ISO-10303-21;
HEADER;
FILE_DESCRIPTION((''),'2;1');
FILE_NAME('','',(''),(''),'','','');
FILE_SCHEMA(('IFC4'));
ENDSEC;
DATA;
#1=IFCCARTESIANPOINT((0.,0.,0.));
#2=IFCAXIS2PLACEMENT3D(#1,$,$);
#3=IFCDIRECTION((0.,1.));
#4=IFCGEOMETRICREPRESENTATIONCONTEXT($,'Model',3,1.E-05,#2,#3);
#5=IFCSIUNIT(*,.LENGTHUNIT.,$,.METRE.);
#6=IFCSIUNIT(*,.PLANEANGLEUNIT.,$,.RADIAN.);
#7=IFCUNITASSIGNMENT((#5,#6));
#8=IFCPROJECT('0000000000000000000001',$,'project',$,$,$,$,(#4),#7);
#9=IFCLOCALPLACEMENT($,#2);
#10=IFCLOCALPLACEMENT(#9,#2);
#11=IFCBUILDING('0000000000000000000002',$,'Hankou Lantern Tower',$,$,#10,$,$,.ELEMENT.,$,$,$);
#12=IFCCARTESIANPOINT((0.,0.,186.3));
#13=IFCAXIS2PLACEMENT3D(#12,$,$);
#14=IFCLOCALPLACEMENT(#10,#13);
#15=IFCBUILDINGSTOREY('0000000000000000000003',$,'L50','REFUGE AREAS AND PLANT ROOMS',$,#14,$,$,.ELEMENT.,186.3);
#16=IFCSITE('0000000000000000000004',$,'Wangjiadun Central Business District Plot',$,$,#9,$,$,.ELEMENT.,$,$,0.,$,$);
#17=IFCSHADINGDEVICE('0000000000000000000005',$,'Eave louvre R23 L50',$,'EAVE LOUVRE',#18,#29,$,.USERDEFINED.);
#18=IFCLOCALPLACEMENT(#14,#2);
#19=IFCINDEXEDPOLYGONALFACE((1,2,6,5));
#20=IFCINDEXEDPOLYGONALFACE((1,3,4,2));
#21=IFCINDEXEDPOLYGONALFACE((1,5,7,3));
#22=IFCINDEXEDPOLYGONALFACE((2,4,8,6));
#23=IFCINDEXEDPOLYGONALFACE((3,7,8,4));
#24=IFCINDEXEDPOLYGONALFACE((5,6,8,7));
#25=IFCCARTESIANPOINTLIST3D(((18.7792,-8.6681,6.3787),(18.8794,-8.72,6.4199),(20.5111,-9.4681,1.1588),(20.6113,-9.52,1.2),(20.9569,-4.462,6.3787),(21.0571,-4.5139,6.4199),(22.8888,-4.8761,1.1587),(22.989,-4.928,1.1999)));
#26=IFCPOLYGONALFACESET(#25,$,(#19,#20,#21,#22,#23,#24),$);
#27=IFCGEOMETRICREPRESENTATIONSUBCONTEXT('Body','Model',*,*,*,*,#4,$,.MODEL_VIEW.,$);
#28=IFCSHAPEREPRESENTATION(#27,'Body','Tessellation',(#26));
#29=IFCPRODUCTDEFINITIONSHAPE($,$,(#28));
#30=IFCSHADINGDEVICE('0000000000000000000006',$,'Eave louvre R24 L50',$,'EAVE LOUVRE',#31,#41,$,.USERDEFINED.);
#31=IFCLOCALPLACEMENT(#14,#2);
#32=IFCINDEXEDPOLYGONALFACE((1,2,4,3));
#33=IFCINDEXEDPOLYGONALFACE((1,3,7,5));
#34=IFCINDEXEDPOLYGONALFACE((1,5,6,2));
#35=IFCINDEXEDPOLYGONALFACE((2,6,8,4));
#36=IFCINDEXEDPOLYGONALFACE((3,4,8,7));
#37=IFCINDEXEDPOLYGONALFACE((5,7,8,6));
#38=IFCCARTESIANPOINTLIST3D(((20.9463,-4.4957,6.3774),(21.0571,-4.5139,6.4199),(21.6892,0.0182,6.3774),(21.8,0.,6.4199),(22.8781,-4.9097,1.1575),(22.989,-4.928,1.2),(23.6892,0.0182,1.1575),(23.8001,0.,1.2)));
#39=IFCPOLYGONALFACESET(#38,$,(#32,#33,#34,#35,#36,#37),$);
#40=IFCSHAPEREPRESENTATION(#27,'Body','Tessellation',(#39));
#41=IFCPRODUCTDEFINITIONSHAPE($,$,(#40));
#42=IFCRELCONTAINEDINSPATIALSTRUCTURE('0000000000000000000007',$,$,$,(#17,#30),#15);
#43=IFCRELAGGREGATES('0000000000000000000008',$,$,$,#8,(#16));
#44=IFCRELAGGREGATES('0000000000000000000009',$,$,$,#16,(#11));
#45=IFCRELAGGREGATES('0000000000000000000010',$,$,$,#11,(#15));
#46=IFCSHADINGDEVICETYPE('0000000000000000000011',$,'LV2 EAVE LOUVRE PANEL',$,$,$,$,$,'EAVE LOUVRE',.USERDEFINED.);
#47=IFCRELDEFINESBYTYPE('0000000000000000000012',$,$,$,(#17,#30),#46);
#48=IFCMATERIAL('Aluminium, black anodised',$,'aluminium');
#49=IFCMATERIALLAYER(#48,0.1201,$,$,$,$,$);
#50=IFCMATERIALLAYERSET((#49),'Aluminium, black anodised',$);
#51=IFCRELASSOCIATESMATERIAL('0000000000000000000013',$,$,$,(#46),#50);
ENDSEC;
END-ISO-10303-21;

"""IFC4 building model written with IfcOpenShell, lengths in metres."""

from ifc_helpers import new_model, si_unit, direction, frame, origin, place, context, subcontext, project, spatial, polyline, outline, extrude, material, layer, layer_set, type_object, element, save


model = new_model("IFC4")

# Units and contexts
model_context = context("Model", 3, precision=1e-05, world=origin(), true_north=direction((0.0, 1.0)))
body_context = subcontext(model_context, "Body", "Model", "MODEL_VIEW")
ifc_project = project(units=[si_unit("LENGTHUNIT", "METRE"), si_unit("PLANEANGLEUNIT", "RADIAN")], contexts=[model_context])

# Site, building, storey
site_placement = place(None, origin())
site = spatial("IfcSite", under=ifc_project, at=site_placement, Name="Wangjiadun Central Business District Plot", CompositionType="ELEMENT", RefElevation=0.0)
building_placement = place(site_placement, origin())
building = spatial("IfcBuilding", under=site, at=building_placement, Name="Hankou Lantern Tower", CompositionType="ELEMENT")
storey_placement = place(building_placement, frame((0.0, 0.0, 186.3)))
storey = spatial("IfcBuildingStorey", under=building, at=storey_placement, Name="L50", Description="REFUGE AREAS AND PLANT ROOMS", CompositionType="ELEMENT", Elevation=186.3)

# Shading devices
ifc_material_1 = material(Name="Aluminium, black anodised", Category="aluminium")
ifc_layer_1 = layer(ifc_material_1, 0.1201)
ifc_layer_set_1 = layer_set([ifc_layer_1], Name="Aluminium, black anodised")
shading_device_type = type_object("IfcShadingDeviceType", Name="LV2 EAVE LOUVRE PANEL", ElementType="EAVE LOUVRE", PredefinedType="USERDEFINED", material=ifc_layer_set_1)
shading_device_1_placement = place(storey_placement, frame((20.6113, -9.52, 1.2), z_axis=(0.834162, -0.431907, 0.342972), x_axis=(0.459796, 0.888024, -0.000003)))
element("IfcShadingDevice", 1, at=shading_device_1_placement, inside=storey, type_object=shading_device_type, Name="Eave louvre R23 L50", ObjectType="EAVE LOUVRE", PredefinedType="USERDEFINED", context=body_context, shape_type="SweptSolid", body=[
    extrude(outline(polyline([(0.0, 0.0), (5.1711, 0.0), (4.6505, 5.557), (-0.0859, 5.557), (0.0, 0.0)])), origin(), (0.0, 0.0, -1.0), 0.1201),
])
shading_device_2_placement = place(storey_placement, frame((22.989, -4.928, 1.2), z_axis=(0.922968, -0.151903, 0.353632), x_axis=(0.162396, 0.986726, 0.000001)))
element("IfcShadingDevice", 2, at=shading_device_2_placement, inside=storey, type_object=shading_device_type, Name="Eave louvre R24 L50", ObjectType="EAVE LOUVRE", PredefinedType="USERDEFINED", context=body_context, shape_type="SweptSolid", body=[
    extrude(outline(polyline([(0.0, 0.0), (4.9943, 0.0), (4.6695, 5.5806), (0.0948, 5.5806), (0.0, 0.0)])), origin(), (0.0, 0.0, -1.0), 0.1201),
])

save(model, "model.ifc")
